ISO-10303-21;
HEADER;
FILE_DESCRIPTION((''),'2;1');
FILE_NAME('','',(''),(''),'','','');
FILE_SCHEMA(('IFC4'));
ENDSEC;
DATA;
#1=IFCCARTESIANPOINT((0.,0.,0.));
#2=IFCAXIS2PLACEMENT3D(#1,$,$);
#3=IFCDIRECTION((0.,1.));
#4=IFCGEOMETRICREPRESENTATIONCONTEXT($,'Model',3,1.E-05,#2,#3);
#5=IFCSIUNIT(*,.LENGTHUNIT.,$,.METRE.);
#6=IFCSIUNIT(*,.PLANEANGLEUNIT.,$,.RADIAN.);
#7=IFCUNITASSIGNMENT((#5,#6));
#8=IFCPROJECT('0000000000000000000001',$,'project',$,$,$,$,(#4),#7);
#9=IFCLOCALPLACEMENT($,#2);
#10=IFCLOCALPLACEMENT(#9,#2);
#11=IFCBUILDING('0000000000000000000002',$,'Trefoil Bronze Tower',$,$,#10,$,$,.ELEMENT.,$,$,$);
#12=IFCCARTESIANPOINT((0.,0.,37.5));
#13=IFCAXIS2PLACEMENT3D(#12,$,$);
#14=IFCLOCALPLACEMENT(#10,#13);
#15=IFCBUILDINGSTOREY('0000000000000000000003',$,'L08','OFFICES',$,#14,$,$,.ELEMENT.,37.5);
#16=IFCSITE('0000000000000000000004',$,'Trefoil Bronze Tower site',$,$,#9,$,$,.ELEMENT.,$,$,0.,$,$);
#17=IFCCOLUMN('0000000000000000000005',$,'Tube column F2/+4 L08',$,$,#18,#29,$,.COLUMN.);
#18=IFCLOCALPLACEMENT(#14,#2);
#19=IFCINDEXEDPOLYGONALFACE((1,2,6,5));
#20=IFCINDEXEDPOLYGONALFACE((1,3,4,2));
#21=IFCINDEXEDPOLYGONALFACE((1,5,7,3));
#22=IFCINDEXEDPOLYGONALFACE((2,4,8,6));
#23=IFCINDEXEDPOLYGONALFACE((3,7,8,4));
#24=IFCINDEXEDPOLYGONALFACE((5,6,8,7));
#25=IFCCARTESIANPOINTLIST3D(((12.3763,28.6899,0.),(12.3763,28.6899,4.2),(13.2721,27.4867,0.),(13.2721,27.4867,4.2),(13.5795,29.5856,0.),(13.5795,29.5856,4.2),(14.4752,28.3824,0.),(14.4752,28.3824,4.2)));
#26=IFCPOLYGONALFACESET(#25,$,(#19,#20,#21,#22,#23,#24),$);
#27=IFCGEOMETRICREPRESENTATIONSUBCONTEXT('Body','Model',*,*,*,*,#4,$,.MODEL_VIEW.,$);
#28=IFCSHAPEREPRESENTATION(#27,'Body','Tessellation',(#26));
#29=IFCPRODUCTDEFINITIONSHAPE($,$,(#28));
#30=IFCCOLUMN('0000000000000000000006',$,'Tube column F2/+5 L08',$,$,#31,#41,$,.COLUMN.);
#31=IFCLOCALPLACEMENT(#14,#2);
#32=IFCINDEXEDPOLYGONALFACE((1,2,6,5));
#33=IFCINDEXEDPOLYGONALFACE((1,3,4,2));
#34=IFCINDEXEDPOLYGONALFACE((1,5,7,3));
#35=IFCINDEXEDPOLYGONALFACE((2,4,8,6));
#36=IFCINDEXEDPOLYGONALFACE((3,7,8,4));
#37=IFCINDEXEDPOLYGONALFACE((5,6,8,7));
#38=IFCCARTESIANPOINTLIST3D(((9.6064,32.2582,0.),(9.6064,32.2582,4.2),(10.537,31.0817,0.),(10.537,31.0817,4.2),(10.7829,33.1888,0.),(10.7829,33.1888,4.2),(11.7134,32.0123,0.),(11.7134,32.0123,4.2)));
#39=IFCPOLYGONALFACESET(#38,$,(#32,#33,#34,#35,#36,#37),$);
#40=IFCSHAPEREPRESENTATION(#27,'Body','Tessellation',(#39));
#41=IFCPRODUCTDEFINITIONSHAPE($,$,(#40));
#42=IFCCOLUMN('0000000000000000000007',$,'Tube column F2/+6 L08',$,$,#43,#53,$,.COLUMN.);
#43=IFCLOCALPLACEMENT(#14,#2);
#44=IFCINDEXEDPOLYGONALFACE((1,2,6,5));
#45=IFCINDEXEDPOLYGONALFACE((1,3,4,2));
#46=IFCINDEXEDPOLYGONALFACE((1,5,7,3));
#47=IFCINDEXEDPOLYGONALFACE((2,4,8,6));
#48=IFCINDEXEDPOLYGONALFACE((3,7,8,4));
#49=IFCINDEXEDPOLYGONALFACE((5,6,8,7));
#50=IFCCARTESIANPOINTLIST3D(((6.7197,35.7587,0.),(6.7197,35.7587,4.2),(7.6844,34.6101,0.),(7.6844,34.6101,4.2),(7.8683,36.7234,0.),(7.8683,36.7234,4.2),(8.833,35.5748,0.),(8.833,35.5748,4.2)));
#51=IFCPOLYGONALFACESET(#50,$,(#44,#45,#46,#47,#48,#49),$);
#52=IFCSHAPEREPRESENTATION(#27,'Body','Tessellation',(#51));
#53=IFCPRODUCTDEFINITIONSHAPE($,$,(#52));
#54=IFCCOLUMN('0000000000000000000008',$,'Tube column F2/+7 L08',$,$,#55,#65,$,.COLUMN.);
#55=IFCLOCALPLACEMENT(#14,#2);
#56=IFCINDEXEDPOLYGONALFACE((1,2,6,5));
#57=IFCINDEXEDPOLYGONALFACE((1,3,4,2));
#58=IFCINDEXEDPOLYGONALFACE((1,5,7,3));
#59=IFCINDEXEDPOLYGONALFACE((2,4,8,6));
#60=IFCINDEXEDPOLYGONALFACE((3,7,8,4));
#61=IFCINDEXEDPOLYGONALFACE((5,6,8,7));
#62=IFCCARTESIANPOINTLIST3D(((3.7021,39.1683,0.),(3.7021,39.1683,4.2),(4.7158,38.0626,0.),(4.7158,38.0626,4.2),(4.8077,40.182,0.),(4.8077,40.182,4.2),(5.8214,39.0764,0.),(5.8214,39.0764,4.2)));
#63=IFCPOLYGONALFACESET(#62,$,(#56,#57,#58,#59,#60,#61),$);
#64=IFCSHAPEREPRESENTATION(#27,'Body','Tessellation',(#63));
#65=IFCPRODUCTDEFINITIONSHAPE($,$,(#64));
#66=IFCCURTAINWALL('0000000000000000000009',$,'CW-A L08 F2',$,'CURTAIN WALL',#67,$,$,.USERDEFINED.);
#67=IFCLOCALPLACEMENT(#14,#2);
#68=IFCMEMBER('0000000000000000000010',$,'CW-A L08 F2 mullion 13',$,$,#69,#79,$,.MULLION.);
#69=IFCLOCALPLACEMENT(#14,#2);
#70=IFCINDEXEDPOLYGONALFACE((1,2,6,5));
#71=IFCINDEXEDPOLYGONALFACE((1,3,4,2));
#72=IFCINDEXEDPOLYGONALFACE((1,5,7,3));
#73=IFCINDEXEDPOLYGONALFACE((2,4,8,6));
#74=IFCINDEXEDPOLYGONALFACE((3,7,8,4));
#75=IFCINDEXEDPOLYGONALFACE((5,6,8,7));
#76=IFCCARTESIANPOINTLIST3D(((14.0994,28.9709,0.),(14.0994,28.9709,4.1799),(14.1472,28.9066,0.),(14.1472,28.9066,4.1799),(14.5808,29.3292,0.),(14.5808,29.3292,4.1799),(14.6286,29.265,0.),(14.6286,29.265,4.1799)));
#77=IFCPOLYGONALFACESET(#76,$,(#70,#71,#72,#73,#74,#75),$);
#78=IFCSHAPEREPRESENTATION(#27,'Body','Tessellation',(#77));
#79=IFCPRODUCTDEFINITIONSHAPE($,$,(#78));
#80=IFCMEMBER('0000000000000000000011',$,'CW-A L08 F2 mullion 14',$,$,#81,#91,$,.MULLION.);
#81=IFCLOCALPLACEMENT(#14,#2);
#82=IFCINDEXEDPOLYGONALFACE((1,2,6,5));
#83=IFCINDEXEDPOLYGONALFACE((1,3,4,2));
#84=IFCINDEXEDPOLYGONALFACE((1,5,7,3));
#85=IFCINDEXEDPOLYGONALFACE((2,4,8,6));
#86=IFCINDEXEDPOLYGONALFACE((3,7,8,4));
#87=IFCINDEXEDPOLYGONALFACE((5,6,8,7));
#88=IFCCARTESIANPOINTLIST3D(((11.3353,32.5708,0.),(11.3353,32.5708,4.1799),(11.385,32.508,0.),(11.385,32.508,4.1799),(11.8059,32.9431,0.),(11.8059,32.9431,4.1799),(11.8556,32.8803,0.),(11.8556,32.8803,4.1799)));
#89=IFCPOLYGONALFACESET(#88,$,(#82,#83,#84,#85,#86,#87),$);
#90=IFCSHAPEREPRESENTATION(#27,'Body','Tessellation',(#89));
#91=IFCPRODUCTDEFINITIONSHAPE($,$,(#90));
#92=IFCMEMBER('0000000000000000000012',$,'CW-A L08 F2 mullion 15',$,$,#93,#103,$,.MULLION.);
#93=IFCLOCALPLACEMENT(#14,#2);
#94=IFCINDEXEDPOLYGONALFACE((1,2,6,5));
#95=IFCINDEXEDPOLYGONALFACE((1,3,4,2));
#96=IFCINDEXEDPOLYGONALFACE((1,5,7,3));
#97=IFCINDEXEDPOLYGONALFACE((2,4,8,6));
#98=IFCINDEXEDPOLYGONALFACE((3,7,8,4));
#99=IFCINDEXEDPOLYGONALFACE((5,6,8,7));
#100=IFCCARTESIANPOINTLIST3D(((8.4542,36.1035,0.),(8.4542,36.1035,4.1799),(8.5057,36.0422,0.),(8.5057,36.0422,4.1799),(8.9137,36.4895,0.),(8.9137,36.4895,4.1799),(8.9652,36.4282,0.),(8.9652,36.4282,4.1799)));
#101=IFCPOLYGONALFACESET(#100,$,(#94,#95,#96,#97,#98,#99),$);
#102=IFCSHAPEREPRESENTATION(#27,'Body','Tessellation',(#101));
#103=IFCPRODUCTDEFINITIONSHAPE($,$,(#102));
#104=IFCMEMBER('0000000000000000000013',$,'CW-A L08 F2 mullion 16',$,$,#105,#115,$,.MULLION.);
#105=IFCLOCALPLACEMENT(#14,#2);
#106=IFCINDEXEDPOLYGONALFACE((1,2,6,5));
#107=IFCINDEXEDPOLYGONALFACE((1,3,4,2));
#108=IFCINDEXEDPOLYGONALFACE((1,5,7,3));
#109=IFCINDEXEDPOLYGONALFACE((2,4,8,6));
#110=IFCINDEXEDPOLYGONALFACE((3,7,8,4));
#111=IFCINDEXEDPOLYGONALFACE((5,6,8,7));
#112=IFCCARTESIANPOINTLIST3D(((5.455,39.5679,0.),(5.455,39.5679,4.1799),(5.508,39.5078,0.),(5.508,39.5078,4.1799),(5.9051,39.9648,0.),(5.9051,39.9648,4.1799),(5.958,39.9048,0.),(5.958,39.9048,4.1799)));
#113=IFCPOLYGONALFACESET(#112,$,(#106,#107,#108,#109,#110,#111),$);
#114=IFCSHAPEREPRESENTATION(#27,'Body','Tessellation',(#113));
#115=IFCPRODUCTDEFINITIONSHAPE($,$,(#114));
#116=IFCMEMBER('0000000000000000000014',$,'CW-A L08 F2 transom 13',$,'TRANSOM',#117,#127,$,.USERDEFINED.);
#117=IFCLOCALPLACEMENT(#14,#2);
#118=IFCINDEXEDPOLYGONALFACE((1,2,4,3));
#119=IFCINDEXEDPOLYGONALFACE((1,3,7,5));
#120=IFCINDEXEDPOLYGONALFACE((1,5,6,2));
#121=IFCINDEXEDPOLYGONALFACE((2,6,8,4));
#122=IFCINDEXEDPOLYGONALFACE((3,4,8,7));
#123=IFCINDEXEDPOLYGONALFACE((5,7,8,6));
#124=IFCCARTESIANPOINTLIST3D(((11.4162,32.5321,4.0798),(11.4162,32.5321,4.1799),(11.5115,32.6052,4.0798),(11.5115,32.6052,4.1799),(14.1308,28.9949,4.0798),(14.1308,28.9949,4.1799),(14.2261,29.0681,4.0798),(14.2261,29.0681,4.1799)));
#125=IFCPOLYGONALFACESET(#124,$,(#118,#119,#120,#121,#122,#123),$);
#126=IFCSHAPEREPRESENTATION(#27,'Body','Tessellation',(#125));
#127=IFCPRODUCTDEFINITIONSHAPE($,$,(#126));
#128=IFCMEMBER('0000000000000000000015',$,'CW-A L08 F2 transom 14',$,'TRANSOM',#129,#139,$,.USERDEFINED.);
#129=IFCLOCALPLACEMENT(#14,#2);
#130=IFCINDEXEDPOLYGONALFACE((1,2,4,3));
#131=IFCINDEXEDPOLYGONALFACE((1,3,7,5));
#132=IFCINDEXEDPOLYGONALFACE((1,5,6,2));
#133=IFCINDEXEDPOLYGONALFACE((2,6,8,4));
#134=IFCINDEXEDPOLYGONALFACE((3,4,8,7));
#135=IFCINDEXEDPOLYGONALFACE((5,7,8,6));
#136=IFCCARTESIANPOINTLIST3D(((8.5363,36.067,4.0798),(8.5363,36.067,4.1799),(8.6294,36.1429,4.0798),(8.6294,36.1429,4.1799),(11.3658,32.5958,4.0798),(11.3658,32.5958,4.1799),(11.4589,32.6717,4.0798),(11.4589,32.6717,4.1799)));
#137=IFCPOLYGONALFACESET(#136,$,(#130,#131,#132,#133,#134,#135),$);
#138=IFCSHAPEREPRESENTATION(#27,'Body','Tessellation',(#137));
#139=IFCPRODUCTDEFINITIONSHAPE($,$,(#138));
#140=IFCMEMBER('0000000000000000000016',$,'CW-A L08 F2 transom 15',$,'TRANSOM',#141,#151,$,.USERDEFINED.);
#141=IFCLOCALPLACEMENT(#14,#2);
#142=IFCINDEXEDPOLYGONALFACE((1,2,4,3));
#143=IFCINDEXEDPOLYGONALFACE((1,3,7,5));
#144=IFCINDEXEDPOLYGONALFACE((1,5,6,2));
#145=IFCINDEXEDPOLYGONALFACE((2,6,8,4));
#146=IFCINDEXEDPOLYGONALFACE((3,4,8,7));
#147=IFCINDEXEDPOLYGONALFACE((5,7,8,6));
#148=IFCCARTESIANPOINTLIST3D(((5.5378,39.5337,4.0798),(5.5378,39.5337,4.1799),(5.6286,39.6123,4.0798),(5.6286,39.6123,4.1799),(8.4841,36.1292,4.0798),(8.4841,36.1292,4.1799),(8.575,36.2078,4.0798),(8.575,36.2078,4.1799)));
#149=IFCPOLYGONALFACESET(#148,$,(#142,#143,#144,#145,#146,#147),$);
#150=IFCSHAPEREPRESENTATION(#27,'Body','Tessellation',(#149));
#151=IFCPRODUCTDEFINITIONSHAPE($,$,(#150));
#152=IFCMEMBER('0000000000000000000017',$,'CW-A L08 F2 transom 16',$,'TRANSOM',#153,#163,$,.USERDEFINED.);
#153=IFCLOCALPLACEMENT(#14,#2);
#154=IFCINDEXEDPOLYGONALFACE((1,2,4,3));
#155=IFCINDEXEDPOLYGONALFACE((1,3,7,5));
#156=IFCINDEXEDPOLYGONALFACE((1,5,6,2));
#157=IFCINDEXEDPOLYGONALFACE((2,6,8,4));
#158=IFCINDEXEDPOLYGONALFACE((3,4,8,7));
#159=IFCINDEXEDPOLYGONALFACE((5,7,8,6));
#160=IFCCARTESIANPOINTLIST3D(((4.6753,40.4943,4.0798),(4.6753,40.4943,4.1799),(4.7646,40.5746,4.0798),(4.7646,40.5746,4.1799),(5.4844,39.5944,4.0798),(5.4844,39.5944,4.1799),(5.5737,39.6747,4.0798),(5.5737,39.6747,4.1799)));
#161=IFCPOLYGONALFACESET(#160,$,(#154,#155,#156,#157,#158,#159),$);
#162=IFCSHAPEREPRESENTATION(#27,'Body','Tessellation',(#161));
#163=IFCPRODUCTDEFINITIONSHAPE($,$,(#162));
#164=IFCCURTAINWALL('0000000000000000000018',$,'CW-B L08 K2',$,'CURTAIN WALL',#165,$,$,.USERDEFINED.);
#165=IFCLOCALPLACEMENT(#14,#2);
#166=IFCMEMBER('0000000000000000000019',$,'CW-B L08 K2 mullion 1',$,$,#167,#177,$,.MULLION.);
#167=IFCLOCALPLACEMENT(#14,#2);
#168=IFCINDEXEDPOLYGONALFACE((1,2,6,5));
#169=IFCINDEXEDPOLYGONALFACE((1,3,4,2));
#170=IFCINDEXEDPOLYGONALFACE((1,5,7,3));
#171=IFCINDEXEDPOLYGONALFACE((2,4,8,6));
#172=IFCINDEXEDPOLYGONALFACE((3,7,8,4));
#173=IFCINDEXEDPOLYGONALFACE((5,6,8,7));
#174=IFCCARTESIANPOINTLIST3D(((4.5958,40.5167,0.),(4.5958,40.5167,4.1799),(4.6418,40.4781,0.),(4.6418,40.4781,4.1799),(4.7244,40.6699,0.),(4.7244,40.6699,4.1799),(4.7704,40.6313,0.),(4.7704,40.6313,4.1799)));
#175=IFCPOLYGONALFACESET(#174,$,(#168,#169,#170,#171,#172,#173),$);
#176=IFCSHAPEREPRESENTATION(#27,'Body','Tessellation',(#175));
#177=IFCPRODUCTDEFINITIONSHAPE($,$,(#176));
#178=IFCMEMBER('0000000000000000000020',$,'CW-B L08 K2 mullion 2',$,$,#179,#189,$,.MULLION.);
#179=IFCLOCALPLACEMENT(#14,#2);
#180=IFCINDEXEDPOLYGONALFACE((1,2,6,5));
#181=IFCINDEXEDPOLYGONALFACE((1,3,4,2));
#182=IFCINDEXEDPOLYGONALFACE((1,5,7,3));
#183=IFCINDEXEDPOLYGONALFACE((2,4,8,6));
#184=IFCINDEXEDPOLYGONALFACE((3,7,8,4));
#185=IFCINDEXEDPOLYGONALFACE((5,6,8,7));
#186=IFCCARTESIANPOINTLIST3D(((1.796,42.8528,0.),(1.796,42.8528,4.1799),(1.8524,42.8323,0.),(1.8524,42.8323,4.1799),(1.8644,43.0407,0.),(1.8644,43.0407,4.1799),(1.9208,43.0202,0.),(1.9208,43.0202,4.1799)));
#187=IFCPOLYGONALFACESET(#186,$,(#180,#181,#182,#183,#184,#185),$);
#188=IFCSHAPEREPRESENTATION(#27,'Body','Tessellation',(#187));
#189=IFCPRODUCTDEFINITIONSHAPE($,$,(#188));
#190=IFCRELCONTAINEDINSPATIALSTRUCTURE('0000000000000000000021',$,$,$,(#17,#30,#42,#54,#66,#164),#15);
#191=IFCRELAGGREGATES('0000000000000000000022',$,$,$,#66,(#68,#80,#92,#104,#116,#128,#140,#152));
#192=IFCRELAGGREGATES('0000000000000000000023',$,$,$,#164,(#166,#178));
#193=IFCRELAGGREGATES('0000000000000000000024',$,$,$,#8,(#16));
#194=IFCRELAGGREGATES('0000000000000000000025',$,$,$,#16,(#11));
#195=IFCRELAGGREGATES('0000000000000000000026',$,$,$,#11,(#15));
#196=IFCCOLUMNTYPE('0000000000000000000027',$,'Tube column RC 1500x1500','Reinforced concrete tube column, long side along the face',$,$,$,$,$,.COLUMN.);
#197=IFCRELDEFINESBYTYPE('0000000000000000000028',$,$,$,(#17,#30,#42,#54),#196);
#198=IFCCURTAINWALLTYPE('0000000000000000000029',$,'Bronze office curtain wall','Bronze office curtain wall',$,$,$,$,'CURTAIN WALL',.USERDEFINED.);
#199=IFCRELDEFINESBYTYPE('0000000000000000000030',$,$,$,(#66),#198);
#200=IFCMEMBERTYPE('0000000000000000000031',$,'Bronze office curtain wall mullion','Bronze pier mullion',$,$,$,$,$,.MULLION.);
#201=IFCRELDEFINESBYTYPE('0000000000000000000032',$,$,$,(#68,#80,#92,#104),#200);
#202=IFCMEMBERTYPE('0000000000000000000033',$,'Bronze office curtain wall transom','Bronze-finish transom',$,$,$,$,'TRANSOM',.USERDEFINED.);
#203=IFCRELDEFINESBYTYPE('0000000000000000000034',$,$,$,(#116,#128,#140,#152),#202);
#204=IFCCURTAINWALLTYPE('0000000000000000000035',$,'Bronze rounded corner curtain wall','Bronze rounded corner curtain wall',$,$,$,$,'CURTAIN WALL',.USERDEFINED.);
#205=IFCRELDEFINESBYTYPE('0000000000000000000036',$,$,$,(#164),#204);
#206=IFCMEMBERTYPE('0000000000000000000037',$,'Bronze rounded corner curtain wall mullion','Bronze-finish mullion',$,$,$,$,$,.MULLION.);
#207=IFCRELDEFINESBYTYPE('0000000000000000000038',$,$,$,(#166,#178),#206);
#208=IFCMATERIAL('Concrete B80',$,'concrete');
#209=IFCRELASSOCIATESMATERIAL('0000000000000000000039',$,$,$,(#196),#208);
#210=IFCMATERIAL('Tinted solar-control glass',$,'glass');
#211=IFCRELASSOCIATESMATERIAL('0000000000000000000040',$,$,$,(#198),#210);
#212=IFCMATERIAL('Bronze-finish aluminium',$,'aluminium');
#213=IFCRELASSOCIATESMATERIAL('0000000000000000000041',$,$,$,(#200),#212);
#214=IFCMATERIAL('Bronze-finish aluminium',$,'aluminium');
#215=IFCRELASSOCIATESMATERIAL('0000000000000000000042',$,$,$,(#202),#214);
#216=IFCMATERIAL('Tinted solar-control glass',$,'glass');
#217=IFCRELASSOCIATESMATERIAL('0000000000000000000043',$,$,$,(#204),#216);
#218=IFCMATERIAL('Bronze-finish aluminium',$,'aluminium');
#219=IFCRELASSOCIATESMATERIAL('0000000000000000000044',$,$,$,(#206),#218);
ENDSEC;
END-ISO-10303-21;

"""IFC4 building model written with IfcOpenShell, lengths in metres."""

from ifc_helpers import new_model, si_unit, direction, frame, origin, origin_2d, place, context, subcontext, project, spatial, rectangle, extrude, material, material_profile, profile_set, type_object, element, aggregate, save


model = new_model("IFC4")

# Units and contexts
model_context = context("Model", 3, precision=1e-05, world=origin(), true_north=direction((0.0, 1.0)))
body_context = subcontext(model_context, "Body", "Model", "MODEL_VIEW")
ifc_project = project(units=[si_unit("LENGTHUNIT", "METRE"), si_unit("PLANEANGLEUNIT", "RADIAN")], contexts=[model_context])

# Site, building, storey
site_placement = place(None, origin())
site = spatial("IfcSite", under=ifc_project, at=site_placement, Name="Trefoil Bronze Tower site", CompositionType="ELEMENT", RefElevation=0.0)
building_placement = place(site_placement, origin())
building = spatial("IfcBuilding", under=site, at=building_placement, Name="Trefoil Bronze Tower", CompositionType="ELEMENT")
storey_placement = place(building_placement, frame((0.0, 0.0, 37.5)))
storey = spatial("IfcBuildingStorey", under=building, at=storey_placement, Name="L08", Description="OFFICES", CompositionType="ELEMENT", Elevation=37.5)

# Columns
ifc_material_1 = material(Name="Concrete B80", Category="concrete")
ifc_material_profile_1 = material_profile(ifc_material_1, rectangle(XDim=1.5, YDim=1.5, at=origin_2d()), Name="RC 1500x1500")
ifc_profile_set_1 = profile_set([ifc_material_profile_1], Name="Concrete B80")
column_type = type_object("IfcColumnType", Name="Tube column RC 1500x1500", Description="Reinforced concrete tube column, long side along the face", PredefinedType="COLUMN", material=ifc_profile_set_1)
for number, where, z_axis, x_axis, name in (
    (1, (13.4258, 28.5361, 0.0), (0.0, 0.0, 1.0), (-0.597154, 0.802127, 0.0), "Tube column F2/+4 L08"),
    (2, (10.6599, 32.1353, 0.0), (0.0, 0.0, 1.0), (-0.620376, 0.784305, 0.0), "Tube column F2/+5 L08"),
    (3, (7.7764, 35.6667, 0.0), (0.0, 0.0, 1.0), (-0.643163, 0.765729, 0.0), "Tube column F2/+6 L08"),
    (4, (4.7617, 39.1223, 0.0), (0.0, 0.0, 1.0), (-0.675816, 0.73707, 0.0), "Tube column F2/+7 L08"),
):
    element("IfcColumn", number, at=place(storey_placement, frame(where, z_axis=z_axis, x_axis=x_axis)), inside=storey, type_object=column_type, Name=name, PredefinedType="COLUMN", context=body_context, shape_type="SweptSolid", body=[
        extrude(rectangle(XDim=1.5, YDim=1.5, at=origin_2d()), origin(), (0.0, 0.0, 1.0), 4.2),
    ])

# Curtain walls, members
ifc_material_2 = material(Name="Tinted solar-control glass", Category="glass")
curtain_wall_type_1 = type_object("IfcCurtainWallType", Name="Bronze office curtain wall", Description="Bronze office curtain wall", ElementType="CURTAIN WALL", PredefinedType="USERDEFINED", material=ifc_material_2)
curtain_wall_1_placement = place(storey_placement, origin())
curtain_wall_1 = element("IfcCurtainWall", 5, at=curtain_wall_1_placement, inside=storey, type_object=curtain_wall_type_1, Name="CW-A L08 F2", ObjectType="CURTAIN WALL", PredefinedType="USERDEFINED")
ifc_material_3 = material(Name="Bronze-finish aluminium", Category="aluminium")
ifc_material_profile_2 = material_profile(ifc_material_3, rectangle(XDim=0.6001, YDim=0.0801, at=origin_2d()), Name="CW-A mullion")
ifc_profile_set_2 = profile_set([ifc_material_profile_2], Name="Bronze-finish aluminium")
member_type_1 = type_object("IfcMemberType", Name="Bronze office curtain wall mullion", Description="Bronze pier mullion", PredefinedType="MULLION", material=ifc_profile_set_2)
member_1_placement = place(storey_placement, frame((14.364, 29.1179, 0.0), z_axis=(0.0, 0.0, 1.0), x_axis=(-0.802127, -0.597154, 0.0)))
member_1 = element("IfcMember", 6, at=member_1_placement, type_object=member_type_1, Name="CW-A L08 F2 mullion 13", PredefinedType="MULLION", context=body_context, shape_type="SweptSolid", body=[
    extrude(rectangle(XDim=0.6001, YDim=0.0801, at=origin_2d()), origin(), (0.0, 0.0, 1.0), 4.1799),
])
member_2_placement = place(storey_placement, frame((11.5955, 32.7256, 0.0), z_axis=(0.0, 0.0, 1.0), x_axis=(-0.784305, -0.620376, 0.0)))
member_2 = element("IfcMember", 7, at=member_2_placement, type_object=member_type_1, Name="CW-A L08 F2 mullion 14", PredefinedType="MULLION", context=body_context, shape_type="SweptSolid", body=[
    extrude(rectangle(XDim=0.6001, YDim=0.0801, at=origin_2d()), origin(), (0.0, 0.0, 1.0), 4.1799),
])
member_3_placement = place(storey_placement, frame((8.7097, 36.2659, 0.0), z_axis=(0.0, 0.0, 1.0), x_axis=(-0.765729, -0.643163, 0.0)))
member_3 = element("IfcMember", 8, at=member_3_placement, type_object=member_type_1, Name="CW-A L08 F2 mullion 15", PredefinedType="MULLION", context=body_context, shape_type="SweptSolid", body=[
    extrude(rectangle(XDim=0.6001, YDim=0.0801, at=origin_2d()), origin(), (0.0, 0.0, 1.0), 4.1799),
])
member_4_placement = place(storey_placement, frame((5.7065, 39.7363, 0.0), z_axis=(0.0, 0.0, 1.0), x_axis=(-0.749941, -0.661505, 0.0)))
member_4 = element("IfcMember", 9, at=member_4_placement, type_object=member_type_1, Name="CW-A L08 F2 mullion 16", PredefinedType="MULLION", context=body_context, shape_type="SweptSolid", body=[
    extrude(rectangle(XDim=0.6001, YDim=0.0801, at=origin_2d()), origin(), (0.0, 0.0, 1.0), 4.1799),
])
ifc_material_4 = material(Name="Bronze-finish aluminium", Category="aluminium")
ifc_material_profile_3 = material_profile(ifc_material_4, rectangle(XDim=0.1201, YDim=0.1001, at=origin_2d()), Name="CW-A transom")
ifc_profile_set_3 = profile_set([ifc_material_profile_3], Name="Bronze-finish aluminium")
member_type_2 = type_object("IfcMemberType", Name="Bronze office curtain wall transom", Description="Bronze-finish transom", ElementType="TRANSOM", PredefinedType="USERDEFINED", material=ifc_profile_set_3)
member_5_placement = place(storey_placement, frame((14.1785, 29.0315, 4.1299), z_axis=(-0.608829, 0.793301, 0.0), x_axis=(-0.793301, -0.608829, 0.0)))
member_5 = element("IfcMember", 10, at=member_5_placement, type_object=member_type_2, Name="CW-A L08 F2 transom 13", ObjectType="TRANSOM", PredefinedType="USERDEFINED", context=body_context, shape_type="SweptSolid", body=[
    extrude(rectangle(XDim=0.1201, YDim=0.1001, at=origin_2d()), origin(), (0.0, 0.0, 1.0), 4.4587),
])
member_6_placement = place(storey_placement, frame((11.4124, 32.6338, 4.1299), z_axis=(-0.631836, 0.775102, 0.0), x_axis=(-0.775102, -0.631836, 0.0)))
member_6 = element("IfcMember", 11, at=member_6_placement, type_object=member_type_2, Name="CW-A L08 F2 transom 14", ObjectType="TRANSOM", PredefinedType="USERDEFINED", context=body_context, shape_type="SweptSolid", body=[
    extrude(rectangle(XDim=0.1201, YDim=0.1001, at=origin_2d()), origin(), (0.0, 0.0, 1.0), 4.4783),
])
member_7_placement = place(storey_placement, frame((8.5295, 36.1685, 4.1299), z_axis=(-0.654383, 0.756163, 0.0), x_axis=(-0.756163, -0.654383, 0.0)))
member_7 = element("IfcMember", 12, at=member_7_placement, type_object=member_type_2, Name="CW-A L08 F2 transom 15", ObjectType="TRANSOM", PredefinedType="USERDEFINED", context=body_context, shape_type="SweptSolid", body=[
    extrude(rectangle(XDim=0.1201, YDim=0.1001, at=origin_2d()), origin(), (0.0, 0.0, 1.0), 4.5024),
])
member_8_placement = place(storey_placement, frame((5.5291, 39.6345, 4.1299), z_axis=(-0.668586, 0.743635, 0.0), x_axis=(-0.743635, -0.668586, 0.0)))
member_8 = element("IfcMember", 13, at=member_8_placement, type_object=member_type_2, Name="CW-A L08 F2 transom 16", ObjectType="TRANSOM", PredefinedType="USERDEFINED", context=body_context, shape_type="SweptSolid", body=[
    extrude(rectangle(XDim=0.1201, YDim=0.1001, at=origin_2d()), origin(), (0.0, 0.0, 1.0), 1.2102),
])
ifc_material_5 = material(Name="Tinted solar-control glass", Category="glass")
curtain_wall_type_2 = type_object("IfcCurtainWallType", Name="Bronze rounded corner curtain wall", Description="Bronze rounded corner curtain wall", ElementType="CURTAIN WALL", PredefinedType="USERDEFINED", material=ifc_material_5)
curtain_wall_2_placement = place(storey_placement, origin())
curtain_wall_2 = element("IfcCurtainWall", 14, at=curtain_wall_2_placement, inside=storey, type_object=curtain_wall_type_2, Name="CW-B L08 K2", ObjectType="CURTAIN WALL", PredefinedType="USERDEFINED")
ifc_material_6 = material(Name="Bronze-finish aluminium", Category="aluminium")
ifc_material_profile_4 = material_profile(ifc_material_6, rectangle(XDim=0.2, YDim=0.0601, at=origin_2d()), Name="CW-B mullion")
ifc_profile_set_4 = profile_set([ifc_material_profile_4], Name="Bronze-finish aluminium")
member_type_3 = type_object("IfcMemberType", Name="Bronze rounded corner curtain wall mullion", Description="Bronze-finish mullion", PredefinedType="MULLION", material=ifc_profile_set_4)
member_9_placement = place(storey_placement, frame((4.6831, 40.574, 0.0), z_axis=(0.0, 0.0, 1.0), x_axis=(-0.642788, -0.766044, 0.0)))
member_9 = element("IfcMember", 15, at=member_9_placement, type_object=member_type_3, Name="CW-B L08 K2 mullion 1", PredefinedType="MULLION", context=body_context, shape_type="SweptSolid", body=[
    extrude(rectangle(XDim=0.2, YDim=0.0601, at=origin_2d()), origin(), (0.0, 0.0, 1.0), 4.1799),
])
member_10_placement = place(storey_placement, frame((1.8584, 42.9365, 0.0), z_axis=(0.0, 0.0, 1.0), x_axis=(-0.34202, -0.939693, 0.0)))
member_10 = element("IfcMember", 16, at=member_10_placement, type_object=member_type_3, Name="CW-B L08 K2 mullion 2", PredefinedType="MULLION", context=body_context, shape_type="SweptSolid", body=[
    extrude(rectangle(XDim=0.2, YDim=0.0601, at=origin_2d()), origin(), (0.0, 0.0, 1.0), 4.1799),
])

aggregate(curtain_wall_1, [member_1, member_2, member_3, member_4, member_5, member_6, member_7, member_8])
aggregate(curtain_wall_2, [member_9, member_10])

save(model, "model.ifc")
